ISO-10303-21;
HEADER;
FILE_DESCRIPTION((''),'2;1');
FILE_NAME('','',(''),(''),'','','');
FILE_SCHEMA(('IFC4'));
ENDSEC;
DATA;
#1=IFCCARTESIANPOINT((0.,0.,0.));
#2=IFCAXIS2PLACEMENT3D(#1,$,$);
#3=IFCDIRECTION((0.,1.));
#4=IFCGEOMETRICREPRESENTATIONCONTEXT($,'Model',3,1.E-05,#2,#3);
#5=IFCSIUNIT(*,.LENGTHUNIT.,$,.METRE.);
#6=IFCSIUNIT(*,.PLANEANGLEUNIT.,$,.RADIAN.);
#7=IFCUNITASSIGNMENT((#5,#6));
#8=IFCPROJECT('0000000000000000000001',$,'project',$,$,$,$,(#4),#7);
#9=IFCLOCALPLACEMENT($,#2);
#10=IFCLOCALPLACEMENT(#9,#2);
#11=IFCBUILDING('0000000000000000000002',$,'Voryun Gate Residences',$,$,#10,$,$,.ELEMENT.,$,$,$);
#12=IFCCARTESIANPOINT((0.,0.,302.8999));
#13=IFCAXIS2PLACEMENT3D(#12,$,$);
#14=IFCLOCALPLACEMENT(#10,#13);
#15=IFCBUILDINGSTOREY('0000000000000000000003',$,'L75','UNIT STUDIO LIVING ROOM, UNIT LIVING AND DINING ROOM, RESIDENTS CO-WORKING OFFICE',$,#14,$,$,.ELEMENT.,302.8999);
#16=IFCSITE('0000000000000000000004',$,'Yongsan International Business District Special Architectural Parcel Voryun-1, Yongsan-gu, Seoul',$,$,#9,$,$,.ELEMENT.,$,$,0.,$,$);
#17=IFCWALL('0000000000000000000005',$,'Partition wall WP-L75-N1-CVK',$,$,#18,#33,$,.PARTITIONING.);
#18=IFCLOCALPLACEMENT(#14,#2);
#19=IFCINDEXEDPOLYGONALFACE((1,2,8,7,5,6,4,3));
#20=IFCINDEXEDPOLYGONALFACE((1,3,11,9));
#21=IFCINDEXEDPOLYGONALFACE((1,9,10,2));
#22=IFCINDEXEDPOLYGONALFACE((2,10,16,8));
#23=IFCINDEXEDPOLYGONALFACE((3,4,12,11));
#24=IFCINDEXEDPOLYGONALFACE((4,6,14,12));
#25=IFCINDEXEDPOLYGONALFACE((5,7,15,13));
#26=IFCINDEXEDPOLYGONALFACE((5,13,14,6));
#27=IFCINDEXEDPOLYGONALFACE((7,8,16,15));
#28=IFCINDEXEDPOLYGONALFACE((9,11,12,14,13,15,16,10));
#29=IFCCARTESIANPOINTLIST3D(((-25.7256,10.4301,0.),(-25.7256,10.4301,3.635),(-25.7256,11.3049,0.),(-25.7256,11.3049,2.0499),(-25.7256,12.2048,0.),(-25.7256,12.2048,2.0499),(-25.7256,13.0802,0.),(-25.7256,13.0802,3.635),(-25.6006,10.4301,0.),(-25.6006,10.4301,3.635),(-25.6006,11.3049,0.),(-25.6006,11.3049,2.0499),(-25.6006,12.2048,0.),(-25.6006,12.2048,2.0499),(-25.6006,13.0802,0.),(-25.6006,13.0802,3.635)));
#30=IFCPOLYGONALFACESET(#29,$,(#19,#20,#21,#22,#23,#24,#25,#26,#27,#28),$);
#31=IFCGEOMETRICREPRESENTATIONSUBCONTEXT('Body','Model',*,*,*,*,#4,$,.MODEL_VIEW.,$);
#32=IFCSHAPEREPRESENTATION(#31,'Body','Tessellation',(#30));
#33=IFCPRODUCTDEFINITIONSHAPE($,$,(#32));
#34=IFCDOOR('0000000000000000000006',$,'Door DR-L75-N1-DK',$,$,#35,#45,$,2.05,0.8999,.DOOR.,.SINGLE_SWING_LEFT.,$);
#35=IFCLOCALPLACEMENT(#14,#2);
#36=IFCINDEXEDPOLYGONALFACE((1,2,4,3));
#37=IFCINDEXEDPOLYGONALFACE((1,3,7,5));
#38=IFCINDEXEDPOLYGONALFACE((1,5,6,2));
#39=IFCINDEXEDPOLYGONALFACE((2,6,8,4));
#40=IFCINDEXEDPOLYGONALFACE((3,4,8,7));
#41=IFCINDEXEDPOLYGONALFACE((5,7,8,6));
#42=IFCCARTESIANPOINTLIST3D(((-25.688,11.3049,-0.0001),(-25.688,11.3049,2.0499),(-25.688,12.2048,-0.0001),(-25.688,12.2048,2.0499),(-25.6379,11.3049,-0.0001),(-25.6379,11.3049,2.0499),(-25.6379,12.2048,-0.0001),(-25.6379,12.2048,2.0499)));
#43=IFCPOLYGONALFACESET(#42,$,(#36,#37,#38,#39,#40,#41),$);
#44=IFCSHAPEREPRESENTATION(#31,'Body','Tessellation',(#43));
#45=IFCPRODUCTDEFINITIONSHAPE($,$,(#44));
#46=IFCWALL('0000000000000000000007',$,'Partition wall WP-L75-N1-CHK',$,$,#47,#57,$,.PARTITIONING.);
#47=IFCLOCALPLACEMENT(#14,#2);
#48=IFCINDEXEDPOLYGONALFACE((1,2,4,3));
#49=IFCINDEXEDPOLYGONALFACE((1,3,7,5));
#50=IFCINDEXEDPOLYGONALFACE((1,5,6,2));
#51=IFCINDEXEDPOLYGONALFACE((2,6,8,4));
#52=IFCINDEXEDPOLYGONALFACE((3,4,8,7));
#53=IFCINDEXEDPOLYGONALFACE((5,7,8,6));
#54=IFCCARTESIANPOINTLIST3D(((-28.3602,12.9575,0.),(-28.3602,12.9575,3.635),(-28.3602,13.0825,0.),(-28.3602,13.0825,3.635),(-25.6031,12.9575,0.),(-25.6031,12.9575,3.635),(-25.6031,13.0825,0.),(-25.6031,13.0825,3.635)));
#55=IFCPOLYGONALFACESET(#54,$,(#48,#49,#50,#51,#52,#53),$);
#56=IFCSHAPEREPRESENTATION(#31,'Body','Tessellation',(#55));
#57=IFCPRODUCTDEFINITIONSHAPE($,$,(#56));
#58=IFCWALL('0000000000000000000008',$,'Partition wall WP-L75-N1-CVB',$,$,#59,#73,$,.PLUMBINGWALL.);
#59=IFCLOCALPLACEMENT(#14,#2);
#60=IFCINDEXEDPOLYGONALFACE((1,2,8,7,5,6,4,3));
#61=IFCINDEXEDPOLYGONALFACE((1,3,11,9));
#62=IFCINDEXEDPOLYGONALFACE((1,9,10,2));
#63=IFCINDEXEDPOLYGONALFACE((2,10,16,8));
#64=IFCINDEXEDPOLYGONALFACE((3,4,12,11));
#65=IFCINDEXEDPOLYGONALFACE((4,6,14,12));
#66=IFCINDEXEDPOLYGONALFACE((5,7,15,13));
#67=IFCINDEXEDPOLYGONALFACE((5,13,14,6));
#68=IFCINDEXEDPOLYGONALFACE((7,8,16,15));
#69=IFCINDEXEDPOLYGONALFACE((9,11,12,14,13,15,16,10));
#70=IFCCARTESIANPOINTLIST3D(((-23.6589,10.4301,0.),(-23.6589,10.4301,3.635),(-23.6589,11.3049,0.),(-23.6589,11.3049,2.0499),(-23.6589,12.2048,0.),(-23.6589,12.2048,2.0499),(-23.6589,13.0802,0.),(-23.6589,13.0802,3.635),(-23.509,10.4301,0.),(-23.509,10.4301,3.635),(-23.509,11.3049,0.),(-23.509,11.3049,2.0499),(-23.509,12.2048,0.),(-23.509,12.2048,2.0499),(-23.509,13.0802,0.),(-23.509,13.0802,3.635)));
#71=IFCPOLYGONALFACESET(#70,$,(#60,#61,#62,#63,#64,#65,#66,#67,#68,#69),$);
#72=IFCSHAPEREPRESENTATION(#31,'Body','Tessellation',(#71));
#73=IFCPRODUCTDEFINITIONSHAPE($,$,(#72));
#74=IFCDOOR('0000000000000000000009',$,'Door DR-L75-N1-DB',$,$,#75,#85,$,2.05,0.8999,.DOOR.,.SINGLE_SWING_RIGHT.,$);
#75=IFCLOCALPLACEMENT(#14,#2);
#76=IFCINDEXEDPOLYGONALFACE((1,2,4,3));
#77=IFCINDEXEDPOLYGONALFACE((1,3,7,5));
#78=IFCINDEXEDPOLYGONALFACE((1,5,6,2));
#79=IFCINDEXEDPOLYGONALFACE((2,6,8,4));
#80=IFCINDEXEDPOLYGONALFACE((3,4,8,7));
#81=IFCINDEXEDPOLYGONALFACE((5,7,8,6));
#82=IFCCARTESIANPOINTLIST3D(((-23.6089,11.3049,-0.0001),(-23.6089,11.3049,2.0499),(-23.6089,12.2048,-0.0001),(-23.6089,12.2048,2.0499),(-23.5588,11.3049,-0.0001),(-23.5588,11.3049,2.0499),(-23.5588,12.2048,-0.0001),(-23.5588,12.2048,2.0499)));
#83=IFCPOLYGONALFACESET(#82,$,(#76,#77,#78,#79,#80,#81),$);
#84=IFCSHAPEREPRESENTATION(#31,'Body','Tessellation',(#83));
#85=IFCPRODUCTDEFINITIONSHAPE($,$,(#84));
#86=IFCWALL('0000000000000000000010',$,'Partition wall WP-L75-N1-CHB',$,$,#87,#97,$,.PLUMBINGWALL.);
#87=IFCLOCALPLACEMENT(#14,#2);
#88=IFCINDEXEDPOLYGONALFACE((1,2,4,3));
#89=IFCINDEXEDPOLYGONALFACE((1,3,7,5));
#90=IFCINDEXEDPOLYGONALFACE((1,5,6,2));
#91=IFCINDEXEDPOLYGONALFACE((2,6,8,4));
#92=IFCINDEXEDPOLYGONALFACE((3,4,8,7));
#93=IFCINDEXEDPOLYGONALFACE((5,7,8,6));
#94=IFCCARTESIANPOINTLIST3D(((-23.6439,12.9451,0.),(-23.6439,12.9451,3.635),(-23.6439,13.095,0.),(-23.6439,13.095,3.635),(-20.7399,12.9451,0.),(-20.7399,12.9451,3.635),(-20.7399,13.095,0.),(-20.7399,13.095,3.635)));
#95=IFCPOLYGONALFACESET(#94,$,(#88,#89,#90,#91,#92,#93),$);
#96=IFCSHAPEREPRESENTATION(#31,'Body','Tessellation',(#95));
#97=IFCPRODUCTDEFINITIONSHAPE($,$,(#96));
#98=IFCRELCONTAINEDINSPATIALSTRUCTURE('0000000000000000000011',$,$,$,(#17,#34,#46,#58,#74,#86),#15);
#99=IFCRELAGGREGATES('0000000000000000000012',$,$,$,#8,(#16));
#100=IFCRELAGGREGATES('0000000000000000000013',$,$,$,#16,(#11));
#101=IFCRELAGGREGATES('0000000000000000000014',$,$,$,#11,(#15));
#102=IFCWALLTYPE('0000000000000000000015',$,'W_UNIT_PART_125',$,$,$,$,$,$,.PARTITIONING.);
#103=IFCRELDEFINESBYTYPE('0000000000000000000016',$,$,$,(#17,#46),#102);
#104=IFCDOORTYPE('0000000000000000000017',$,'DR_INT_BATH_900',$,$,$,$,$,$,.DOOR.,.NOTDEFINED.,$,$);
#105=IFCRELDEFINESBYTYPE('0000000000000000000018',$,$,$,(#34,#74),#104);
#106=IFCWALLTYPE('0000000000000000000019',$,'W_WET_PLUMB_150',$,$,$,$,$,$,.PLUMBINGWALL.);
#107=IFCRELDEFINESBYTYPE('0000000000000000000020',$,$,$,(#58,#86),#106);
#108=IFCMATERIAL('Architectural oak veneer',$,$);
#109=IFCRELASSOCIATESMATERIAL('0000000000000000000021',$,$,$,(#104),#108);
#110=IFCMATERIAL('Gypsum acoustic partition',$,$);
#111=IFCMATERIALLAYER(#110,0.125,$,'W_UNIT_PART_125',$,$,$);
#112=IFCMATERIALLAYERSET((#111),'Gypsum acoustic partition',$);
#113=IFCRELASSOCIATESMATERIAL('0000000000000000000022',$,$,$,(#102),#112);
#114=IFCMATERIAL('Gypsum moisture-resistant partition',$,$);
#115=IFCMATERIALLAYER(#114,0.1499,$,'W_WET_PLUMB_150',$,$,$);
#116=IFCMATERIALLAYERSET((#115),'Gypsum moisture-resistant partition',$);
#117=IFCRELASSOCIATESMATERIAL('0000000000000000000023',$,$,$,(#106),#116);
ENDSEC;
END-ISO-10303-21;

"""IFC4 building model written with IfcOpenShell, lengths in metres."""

from ifc_helpers import new_model, si_unit, direction, frame, frame_2d, origin, place, context, subcontext, project, spatial, rectangle, extrude, material, layer, layer_set, type_object, element, fill, save


model = new_model("IFC4")

# Units and contexts
model_context = context("Model", 3, precision=1e-05, world=origin(), true_north=direction((0.0, 1.0)))
body_context = subcontext(model_context, "Body", "Model", "MODEL_VIEW")
ifc_project = project(units=[si_unit("LENGTHUNIT", "METRE"), si_unit("PLANEANGLEUNIT", "RADIAN")], contexts=[model_context])

# Site, building, storey
site_placement = place(None, origin())
site = spatial("IfcSite", under=ifc_project, at=site_placement, Name="Yongsan International Business District Special Architectural Parcel Voryun-1, Yongsan-gu, Seoul", CompositionType="ELEMENT", RefElevation=0.0)
building_placement = place(site_placement, origin())
building = spatial("IfcBuilding", under=site, at=building_placement, Name="Voryun Gate Residences", CompositionType="ELEMENT")
storey_placement = place(building_placement, frame((0.0, 0.0, 302.8999)))
storey = spatial("IfcBuildingStorey", under=building, at=storey_placement, Name="L75", Description="UNIT STUDIO LIVING ROOM, UNIT LIVING AND DINING ROOM, RESIDENTS CO-WORKING OFFICE", CompositionType="ELEMENT", Elevation=302.8999)

# Shared definitions
ifc_material_1 = material(Name="Architectural oak veneer")
door_type_1 = type_object("IfcDoorType", Name="DR_INT_BATH_900", OperationType="NOTDEFINED", PredefinedType="DOOR", material=ifc_material_1)

# Wall, opening, door
ifc_material_2 = material(Name="Gypsum acoustic partition")
ifc_layer_1 = layer(ifc_material_2, 0.125, Name="W_UNIT_PART_125")
ifc_layer_set_1 = layer_set([ifc_layer_1], Name="Gypsum acoustic partition")
wall_type_1 = type_object("IfcWallType", Name="W_UNIT_PART_125", PredefinedType="PARTITIONING", material=ifc_layer_set_1)
wall_1_placement = place(storey_placement, frame((-25.6631, 10.4299, 0.0), z_axis=(0.0, 0.0, 1.0), x_axis=(0.0, 1.0, 0.0)))
wall_1 = element("IfcWall", 1, at=wall_1_placement, inside=storey, type_object=wall_type_1, Name="Partition wall WP-L75-N1-CVK", PredefinedType="PARTITIONING", context=body_context, shape_type="SweptSolid", body=[
    extrude(rectangle(XDim=2.6501, YDim=0.125, at=frame_2d((1.3252, 0.0))), origin(), (0.0, 0.0, 1.0), 3.635),
])
opening_1_placement = place(wall_1_placement, frame((0.875, 0.0, 0.0)))
opening_1 = element("IfcOpeningElement", 2, at=opening_1_placement, cuts=wall_1, PredefinedType="OPENING", context=body_context, shape_type="SweptSolid", body=[
    extrude(rectangle(XDim=0.8999, YDim=2.05, at=frame_2d((0.45, 1.0249))), frame((0.0, 0.0725, 0.0), z_axis=(0.0, -1.0, 0.0), x_axis=(1.0, 0.0, 0.0)), (0.0, 0.0, 1.0), 0.145),
])
door_1_placement = place(opening_1_placement, origin())
door_1 = element("IfcDoor", 3, at=door_1_placement, inside=storey, type_object=door_type_1, Name="Door DR-L75-N1-DK", OperationType="SINGLE_SWING_LEFT", OverallHeight=2.05, OverallWidth=0.8999, PredefinedType="DOOR", context=body_context, shape_type="SweptSolid", body=[
    extrude(rectangle(XDim=0.8999, YDim=2.05, at=frame_2d((0.45, 1.0249))), frame((0.0, 0.0249, 0.0), z_axis=(0.0, -1.0, 0.0), x_axis=(1.0, 0.0, 0.0)), (0.0, 0.0, 1.0), 0.05),
])
fill(opening_1, door_1)

# Wall
wall_2_placement = place(storey_placement, frame((-28.3601, 13.02, 0.0), z_axis=(0.0, 0.0, 1.0), x_axis=(1.0, 0.0, 0.0)))
element("IfcWall", 4, at=wall_2_placement, inside=storey, type_object=wall_type_1, Name="Partition wall WP-L75-N1-CHK", PredefinedType="PARTITIONING", context=body_context, shape_type="SweptSolid", body=[
    extrude(rectangle(XDim=2.7571, YDim=0.125, at=frame_2d((1.3784, 0.0))), origin(), (0.0, 0.0, 1.0), 3.635),
])

# Wall, opening, door
ifc_material_3 = material(Name="Gypsum moisture-resistant partition")
ifc_layer_2 = layer(ifc_material_3, 0.1499, Name="W_WET_PLUMB_150")
ifc_layer_set_2 = layer_set([ifc_layer_2], Name="Gypsum moisture-resistant partition")
wall_type_2 = type_object("IfcWallType", Name="W_WET_PLUMB_150", PredefinedType="PLUMBINGWALL", material=ifc_layer_set_2)
wall_3_placement = place(storey_placement, frame((-23.584, 10.4299, 0.0), z_axis=(0.0, 0.0, 1.0), x_axis=(0.0, 1.0, 0.0)))
wall_3 = element("IfcWall", 5, at=wall_3_placement, inside=storey, type_object=wall_type_2, Name="Partition wall WP-L75-N1-CVB", PredefinedType="PLUMBINGWALL", context=body_context, shape_type="SweptSolid", body=[
    extrude(rectangle(XDim=2.6501, YDim=0.1499, at=frame_2d((1.3252, 0.0))), origin(), (0.0, 0.0, 1.0), 3.635),
])
opening_2_placement = place(wall_3_placement, frame((0.875, 0.0, 0.0)))
opening_2 = element("IfcOpeningElement", 6, at=opening_2_placement, cuts=wall_3, PredefinedType="OPENING", context=body_context, shape_type="SweptSolid", body=[
    extrude(rectangle(XDim=0.8999, YDim=2.05, at=frame_2d((0.45, 1.0249))), frame((0.0, 0.085, 0.0), z_axis=(0.0, -1.0, 0.0), x_axis=(1.0, 0.0, 0.0)), (0.0, 0.0, 1.0), 0.1699),
])
door_2_placement = place(opening_2_placement, origin())
door_2 = element("IfcDoor", 7, at=door_2_placement, inside=storey, type_object=door_type_1, Name="Door DR-L75-N1-DB", OperationType="SINGLE_SWING_RIGHT", OverallHeight=2.05, OverallWidth=0.8999, PredefinedType="DOOR", context=body_context, shape_type="SweptSolid", body=[
    extrude(rectangle(XDim=0.8999, YDim=2.05, at=frame_2d((0.45, 1.0249))), frame((0.0, 0.0249, 0.0), z_axis=(0.0, -1.0, 0.0), x_axis=(1.0, 0.0, 0.0)), (0.0, 0.0, 1.0), 0.05),
])
fill(opening_2, door_2)

# Wall
wall_4_placement = place(storey_placement, frame((-23.644, 13.02, 0.0), z_axis=(0.0, 0.0, 1.0), x_axis=(1.0, 0.0, 0.0)))
element("IfcWall", 8, at=wall_4_placement, inside=storey, type_object=wall_type_2, Name="Partition wall WP-L75-N1-CHB", PredefinedType="PLUMBINGWALL", context=body_context, shape_type="SweptSolid", body=[
    extrude(rectangle(XDim=2.9041, YDim=0.1499, at=frame_2d((1.4521, 0.0))), origin(), (0.0, 0.0, 1.0), 3.635),
])

save(model, "model.ifc")
